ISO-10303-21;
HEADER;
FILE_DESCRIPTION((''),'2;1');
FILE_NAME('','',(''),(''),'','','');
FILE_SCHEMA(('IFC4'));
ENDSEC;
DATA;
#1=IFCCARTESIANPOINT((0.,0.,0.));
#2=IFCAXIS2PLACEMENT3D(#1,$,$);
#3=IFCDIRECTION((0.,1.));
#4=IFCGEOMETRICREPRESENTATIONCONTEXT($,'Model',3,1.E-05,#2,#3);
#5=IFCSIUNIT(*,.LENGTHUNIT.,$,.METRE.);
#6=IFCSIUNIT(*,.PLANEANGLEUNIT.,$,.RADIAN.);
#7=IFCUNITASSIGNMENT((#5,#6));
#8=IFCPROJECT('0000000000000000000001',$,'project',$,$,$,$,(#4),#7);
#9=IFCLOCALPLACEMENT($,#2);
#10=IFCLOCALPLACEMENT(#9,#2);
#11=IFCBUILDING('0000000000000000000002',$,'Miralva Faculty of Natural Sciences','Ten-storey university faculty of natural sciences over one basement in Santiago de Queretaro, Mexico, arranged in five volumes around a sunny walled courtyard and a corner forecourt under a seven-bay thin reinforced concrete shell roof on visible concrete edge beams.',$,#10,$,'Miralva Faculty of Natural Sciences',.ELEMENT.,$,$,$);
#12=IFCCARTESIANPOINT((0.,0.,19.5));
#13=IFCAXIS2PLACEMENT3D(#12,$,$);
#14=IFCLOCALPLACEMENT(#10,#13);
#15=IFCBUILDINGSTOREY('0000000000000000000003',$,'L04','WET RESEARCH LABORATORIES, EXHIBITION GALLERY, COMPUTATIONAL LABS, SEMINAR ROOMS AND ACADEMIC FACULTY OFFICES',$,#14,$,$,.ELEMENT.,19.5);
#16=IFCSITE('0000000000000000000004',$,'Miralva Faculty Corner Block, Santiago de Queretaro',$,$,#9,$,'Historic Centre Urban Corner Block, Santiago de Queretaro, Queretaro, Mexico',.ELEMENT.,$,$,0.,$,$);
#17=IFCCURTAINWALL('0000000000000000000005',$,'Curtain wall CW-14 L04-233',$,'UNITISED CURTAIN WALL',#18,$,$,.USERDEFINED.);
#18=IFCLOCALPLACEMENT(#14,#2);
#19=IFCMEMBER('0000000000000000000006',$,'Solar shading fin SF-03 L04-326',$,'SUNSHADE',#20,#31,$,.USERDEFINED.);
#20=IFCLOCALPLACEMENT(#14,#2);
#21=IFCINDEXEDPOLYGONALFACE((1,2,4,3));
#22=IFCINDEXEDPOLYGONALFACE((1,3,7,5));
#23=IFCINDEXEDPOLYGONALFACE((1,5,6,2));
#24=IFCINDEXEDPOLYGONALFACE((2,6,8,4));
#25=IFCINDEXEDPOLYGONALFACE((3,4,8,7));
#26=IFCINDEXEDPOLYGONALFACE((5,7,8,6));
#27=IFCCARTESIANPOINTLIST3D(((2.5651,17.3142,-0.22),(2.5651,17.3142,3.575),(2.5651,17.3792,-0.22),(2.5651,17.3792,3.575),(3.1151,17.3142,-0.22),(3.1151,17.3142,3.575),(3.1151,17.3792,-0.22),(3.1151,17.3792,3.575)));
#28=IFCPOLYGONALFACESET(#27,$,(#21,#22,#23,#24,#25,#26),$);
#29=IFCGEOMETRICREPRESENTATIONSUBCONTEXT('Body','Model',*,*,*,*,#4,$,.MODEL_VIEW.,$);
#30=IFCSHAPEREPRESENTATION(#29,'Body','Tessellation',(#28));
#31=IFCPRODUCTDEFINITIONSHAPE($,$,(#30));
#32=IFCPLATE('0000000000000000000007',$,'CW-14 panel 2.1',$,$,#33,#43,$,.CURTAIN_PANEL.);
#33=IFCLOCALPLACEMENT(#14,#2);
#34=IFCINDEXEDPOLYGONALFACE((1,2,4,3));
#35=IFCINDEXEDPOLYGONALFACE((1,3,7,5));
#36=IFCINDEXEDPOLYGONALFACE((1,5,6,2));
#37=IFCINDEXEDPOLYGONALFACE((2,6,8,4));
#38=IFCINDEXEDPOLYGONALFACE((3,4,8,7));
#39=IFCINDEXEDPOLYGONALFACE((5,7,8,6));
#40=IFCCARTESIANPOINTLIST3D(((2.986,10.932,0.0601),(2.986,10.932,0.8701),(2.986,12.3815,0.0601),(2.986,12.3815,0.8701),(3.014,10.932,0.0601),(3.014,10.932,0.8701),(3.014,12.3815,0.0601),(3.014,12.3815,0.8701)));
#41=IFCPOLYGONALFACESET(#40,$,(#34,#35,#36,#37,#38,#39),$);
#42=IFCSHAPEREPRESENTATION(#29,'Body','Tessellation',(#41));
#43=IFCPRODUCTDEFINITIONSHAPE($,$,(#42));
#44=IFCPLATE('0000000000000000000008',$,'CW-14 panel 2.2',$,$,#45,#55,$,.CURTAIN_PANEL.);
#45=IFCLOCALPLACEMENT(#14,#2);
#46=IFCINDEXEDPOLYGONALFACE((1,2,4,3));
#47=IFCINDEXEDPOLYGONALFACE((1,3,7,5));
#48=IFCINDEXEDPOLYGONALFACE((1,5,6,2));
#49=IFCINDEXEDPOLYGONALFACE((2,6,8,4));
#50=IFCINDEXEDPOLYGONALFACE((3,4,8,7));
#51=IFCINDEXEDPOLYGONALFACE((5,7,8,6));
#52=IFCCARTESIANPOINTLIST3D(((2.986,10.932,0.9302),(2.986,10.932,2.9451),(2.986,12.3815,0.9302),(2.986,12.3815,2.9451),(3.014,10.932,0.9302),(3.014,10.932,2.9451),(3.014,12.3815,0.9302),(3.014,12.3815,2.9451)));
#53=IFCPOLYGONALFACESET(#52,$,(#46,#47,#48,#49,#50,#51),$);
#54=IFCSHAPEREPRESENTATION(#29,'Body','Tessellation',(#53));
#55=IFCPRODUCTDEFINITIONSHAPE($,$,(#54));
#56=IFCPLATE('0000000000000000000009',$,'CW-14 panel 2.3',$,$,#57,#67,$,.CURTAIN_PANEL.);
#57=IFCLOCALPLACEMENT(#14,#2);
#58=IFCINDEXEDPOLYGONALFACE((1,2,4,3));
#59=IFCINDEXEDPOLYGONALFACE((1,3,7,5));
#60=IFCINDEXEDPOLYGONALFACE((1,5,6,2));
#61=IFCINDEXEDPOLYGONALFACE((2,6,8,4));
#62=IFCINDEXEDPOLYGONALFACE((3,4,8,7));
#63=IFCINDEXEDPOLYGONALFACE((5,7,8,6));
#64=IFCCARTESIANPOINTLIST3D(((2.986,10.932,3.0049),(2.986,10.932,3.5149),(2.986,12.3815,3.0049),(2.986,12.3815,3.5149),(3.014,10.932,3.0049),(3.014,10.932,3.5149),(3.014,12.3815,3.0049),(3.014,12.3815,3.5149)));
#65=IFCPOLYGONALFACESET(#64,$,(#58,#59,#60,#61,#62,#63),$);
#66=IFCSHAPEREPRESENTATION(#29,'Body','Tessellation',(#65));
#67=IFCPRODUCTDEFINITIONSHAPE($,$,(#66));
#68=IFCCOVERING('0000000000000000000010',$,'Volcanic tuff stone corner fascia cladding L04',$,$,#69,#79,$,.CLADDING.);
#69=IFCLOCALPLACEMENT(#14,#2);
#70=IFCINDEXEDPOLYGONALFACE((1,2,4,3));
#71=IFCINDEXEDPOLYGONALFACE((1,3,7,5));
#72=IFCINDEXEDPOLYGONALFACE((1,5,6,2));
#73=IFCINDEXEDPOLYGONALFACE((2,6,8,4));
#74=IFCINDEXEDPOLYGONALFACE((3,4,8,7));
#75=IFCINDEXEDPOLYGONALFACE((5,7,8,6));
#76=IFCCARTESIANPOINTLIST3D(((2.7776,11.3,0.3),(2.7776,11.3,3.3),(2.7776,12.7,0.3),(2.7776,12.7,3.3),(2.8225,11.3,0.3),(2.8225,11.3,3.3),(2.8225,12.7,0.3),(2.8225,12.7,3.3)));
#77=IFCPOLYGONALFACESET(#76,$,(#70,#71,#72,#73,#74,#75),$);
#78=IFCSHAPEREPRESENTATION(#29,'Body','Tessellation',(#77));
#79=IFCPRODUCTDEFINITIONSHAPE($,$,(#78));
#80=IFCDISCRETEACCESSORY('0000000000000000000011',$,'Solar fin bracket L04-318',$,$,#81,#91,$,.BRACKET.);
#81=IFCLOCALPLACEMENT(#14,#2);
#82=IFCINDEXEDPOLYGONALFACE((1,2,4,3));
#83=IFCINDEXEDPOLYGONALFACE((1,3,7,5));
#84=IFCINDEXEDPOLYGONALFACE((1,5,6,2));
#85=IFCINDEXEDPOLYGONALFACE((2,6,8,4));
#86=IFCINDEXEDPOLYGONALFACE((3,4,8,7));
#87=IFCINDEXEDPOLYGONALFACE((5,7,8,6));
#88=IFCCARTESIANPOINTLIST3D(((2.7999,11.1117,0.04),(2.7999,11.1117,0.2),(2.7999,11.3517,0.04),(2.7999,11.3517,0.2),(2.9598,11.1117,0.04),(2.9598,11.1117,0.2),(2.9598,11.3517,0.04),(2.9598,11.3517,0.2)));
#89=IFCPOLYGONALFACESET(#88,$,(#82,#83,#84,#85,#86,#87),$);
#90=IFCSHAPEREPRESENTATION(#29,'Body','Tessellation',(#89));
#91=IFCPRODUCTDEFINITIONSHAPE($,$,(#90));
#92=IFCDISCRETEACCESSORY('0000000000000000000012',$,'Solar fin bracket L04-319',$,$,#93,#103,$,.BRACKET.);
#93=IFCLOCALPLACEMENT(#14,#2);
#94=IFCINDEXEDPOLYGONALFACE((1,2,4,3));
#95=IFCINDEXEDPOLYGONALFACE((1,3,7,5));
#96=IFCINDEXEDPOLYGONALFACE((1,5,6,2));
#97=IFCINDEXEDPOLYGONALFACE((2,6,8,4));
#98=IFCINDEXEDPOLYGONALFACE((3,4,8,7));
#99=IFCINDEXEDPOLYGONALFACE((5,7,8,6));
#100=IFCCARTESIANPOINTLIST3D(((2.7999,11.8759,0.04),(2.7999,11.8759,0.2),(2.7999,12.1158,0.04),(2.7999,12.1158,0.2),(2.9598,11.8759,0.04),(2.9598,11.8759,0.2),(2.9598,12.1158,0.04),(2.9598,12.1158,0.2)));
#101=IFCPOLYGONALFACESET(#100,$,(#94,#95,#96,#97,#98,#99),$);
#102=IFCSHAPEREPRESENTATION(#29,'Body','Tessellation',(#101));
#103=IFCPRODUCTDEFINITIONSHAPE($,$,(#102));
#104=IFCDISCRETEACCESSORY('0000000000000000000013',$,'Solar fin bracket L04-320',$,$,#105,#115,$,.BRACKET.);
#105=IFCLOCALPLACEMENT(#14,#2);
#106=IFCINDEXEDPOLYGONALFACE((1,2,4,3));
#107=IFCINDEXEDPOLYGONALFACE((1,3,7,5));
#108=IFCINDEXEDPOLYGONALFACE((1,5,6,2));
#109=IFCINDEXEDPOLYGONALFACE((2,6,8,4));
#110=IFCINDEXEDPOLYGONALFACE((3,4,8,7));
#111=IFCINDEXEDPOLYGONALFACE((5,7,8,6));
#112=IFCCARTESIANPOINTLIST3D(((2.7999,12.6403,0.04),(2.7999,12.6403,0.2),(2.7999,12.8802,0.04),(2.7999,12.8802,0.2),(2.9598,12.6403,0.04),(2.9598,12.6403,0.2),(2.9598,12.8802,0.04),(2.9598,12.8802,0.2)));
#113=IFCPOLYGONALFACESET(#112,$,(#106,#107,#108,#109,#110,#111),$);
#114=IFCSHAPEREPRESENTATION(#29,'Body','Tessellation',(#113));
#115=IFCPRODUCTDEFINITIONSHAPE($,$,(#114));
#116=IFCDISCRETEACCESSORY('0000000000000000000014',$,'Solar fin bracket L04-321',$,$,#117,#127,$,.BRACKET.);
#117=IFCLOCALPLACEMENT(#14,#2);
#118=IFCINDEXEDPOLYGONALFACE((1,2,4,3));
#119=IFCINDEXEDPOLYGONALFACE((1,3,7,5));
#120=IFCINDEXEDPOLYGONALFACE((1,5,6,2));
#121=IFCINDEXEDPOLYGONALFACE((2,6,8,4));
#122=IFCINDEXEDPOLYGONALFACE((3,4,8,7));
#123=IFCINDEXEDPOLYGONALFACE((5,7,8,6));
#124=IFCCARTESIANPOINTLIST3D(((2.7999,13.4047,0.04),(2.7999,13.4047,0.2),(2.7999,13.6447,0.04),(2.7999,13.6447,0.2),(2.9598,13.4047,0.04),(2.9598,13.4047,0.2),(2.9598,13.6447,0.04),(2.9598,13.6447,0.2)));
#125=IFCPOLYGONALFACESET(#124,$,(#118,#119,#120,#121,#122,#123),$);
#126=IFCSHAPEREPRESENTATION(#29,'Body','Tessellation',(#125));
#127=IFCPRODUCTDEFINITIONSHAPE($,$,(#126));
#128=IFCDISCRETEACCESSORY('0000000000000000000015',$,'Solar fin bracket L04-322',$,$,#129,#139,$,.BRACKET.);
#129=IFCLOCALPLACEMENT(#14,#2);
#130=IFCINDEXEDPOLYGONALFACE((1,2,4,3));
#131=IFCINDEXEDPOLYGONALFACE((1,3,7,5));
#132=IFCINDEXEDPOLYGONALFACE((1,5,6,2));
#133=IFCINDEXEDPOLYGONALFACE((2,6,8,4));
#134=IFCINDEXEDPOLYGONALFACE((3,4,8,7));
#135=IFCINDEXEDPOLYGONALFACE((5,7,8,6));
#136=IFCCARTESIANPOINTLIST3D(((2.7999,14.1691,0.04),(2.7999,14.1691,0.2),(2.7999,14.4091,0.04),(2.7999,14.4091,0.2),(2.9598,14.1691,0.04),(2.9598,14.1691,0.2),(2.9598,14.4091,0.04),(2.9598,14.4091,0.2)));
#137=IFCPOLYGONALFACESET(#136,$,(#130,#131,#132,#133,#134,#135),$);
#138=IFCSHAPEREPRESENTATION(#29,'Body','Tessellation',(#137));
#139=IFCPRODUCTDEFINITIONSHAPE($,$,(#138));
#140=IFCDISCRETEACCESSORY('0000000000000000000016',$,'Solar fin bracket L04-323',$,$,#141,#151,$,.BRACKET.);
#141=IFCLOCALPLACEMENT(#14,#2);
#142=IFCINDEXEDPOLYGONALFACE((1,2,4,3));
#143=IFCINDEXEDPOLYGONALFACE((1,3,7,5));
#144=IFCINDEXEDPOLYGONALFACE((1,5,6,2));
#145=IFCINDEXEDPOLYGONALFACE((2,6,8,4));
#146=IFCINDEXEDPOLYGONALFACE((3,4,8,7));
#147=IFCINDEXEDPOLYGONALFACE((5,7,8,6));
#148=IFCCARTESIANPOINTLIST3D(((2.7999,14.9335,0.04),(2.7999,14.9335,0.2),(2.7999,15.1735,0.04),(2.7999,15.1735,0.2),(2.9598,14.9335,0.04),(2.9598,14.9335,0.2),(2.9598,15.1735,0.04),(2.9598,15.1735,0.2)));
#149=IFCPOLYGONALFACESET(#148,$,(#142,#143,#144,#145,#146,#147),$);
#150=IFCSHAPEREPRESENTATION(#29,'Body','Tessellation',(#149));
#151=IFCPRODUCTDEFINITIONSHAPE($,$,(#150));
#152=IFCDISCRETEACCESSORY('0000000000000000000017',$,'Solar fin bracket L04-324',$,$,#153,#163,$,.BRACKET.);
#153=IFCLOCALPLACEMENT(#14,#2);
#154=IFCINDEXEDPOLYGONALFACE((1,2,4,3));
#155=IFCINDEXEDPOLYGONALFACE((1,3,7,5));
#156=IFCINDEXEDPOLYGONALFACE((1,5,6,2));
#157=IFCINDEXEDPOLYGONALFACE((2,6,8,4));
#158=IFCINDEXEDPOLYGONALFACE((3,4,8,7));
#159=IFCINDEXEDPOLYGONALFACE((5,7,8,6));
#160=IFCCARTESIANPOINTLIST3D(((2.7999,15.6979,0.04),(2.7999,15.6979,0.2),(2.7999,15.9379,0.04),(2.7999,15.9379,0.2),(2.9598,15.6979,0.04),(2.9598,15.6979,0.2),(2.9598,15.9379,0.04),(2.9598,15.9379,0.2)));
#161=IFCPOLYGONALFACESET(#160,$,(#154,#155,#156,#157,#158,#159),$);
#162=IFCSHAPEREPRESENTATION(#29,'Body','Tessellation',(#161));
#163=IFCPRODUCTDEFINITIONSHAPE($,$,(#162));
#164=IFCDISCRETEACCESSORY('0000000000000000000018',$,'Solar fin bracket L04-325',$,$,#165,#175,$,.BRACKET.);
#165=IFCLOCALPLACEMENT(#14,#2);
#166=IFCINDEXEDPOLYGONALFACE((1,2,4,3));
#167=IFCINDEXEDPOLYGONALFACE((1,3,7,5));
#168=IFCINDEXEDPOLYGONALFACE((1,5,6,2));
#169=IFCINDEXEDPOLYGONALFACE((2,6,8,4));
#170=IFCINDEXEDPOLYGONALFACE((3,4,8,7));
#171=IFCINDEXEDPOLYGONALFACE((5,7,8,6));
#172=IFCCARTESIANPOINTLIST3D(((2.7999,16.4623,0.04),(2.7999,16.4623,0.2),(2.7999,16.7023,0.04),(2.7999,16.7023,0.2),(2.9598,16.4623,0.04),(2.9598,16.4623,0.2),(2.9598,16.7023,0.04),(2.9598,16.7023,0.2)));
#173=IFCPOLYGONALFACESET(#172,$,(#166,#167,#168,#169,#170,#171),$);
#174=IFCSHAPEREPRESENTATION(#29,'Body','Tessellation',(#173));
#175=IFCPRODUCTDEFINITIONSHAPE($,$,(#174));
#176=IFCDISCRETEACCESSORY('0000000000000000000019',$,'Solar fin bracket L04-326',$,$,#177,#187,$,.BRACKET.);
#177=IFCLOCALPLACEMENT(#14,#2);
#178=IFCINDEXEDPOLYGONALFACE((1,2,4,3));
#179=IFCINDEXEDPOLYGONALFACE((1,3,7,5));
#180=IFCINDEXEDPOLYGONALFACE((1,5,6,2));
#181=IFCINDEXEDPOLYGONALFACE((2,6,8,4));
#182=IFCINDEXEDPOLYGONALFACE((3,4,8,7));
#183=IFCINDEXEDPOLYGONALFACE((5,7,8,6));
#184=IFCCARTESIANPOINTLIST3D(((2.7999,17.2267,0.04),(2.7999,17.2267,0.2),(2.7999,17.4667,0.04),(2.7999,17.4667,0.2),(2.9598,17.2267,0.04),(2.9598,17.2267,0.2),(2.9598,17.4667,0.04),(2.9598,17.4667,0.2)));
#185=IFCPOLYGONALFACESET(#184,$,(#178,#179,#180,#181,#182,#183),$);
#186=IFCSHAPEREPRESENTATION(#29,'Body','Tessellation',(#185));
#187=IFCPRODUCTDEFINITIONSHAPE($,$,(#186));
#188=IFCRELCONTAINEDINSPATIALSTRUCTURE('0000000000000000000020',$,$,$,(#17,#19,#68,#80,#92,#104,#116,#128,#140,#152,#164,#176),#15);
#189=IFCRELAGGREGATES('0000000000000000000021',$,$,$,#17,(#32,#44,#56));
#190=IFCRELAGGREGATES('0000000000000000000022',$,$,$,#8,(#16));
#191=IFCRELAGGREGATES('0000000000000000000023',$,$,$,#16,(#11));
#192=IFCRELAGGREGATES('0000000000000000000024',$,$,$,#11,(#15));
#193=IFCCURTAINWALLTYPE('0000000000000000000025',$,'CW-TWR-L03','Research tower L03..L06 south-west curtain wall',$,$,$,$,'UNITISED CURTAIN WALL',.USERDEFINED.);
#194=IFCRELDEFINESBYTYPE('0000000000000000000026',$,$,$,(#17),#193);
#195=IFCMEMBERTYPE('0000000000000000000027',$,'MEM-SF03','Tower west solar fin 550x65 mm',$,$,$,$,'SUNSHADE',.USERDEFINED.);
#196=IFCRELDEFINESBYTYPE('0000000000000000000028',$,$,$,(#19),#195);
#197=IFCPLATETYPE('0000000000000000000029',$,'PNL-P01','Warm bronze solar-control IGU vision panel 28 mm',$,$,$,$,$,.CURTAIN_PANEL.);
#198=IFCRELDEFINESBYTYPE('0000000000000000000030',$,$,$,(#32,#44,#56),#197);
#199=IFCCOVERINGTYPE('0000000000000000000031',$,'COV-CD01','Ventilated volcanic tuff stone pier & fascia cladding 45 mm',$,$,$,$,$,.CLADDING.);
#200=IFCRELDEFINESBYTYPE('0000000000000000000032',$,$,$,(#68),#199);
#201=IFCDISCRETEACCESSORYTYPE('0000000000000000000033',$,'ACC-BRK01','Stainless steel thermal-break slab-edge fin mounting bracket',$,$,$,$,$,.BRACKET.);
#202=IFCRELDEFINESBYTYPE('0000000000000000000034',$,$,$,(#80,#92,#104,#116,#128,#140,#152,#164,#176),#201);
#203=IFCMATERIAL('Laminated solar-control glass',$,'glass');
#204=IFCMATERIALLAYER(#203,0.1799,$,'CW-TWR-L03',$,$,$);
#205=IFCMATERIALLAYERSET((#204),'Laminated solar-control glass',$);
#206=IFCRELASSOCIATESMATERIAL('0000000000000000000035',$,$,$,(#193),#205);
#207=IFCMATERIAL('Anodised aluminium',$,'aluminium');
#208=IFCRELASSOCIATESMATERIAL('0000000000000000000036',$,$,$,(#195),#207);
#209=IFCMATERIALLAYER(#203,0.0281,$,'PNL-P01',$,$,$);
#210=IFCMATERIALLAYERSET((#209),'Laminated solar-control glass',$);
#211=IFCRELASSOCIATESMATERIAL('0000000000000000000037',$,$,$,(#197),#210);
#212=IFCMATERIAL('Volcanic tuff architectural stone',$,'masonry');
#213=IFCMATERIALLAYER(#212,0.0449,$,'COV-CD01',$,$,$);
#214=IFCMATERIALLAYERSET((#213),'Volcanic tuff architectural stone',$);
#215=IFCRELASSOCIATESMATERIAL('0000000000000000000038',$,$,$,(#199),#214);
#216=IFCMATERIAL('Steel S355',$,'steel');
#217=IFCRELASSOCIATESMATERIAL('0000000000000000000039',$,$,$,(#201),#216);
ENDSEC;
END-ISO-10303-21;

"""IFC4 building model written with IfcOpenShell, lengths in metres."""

from ifc_helpers import new_model, si_unit, direction, frame, origin, origin_2d, place, context, subcontext, project, spatial, rectangle, extrude, material, layer, layer_set, material_profile, profile_set, type_object, element, aggregate, save


model = new_model("IFC4")

# Units and contexts
model_context = context("Model", 3, precision=1e-05, world=origin(), true_north=direction((0.0, 1.0)))
body_context = subcontext(model_context, "Body", "Model", "MODEL_VIEW")
ifc_project = project(units=[si_unit("LENGTHUNIT", "METRE"), si_unit("PLANEANGLEUNIT", "RADIAN")], contexts=[model_context])

# Site, building, storey
site_placement = place(None, origin())
site = spatial("IfcSite", under=ifc_project, at=site_placement, Name="Miralva Faculty Corner Block, Santiago de Queretaro", LongName="Historic Centre Urban Corner Block, Santiago de Queretaro, Queretaro, Mexico", CompositionType="ELEMENT", RefElevation=0.0)
building_placement = place(site_placement, origin())
building = spatial("IfcBuilding", under=site, at=building_placement, Name="Miralva Faculty of Natural Sciences", Description="Ten-storey university faculty of natural sciences over one basement in Santiago de Queretaro, Mexico, arranged in five volumes around a sunny walled courtyard and a corner forecourt under a seven-bay thin reinforced concrete shell roof on visible concrete edge beams.", LongName="Miralva Faculty of Natural Sciences", CompositionType="ELEMENT")
storey_placement = place(building_placement, frame((0.0, 0.0, 19.5)))
storey = spatial("IfcBuildingStorey", under=building, at=storey_placement, Name="L04", Description="WET RESEARCH LABORATORIES, EXHIBITION GALLERY, COMPUTATIONAL LABS, SEMINAR ROOMS AND ACADEMIC FACULTY OFFICES", CompositionType="ELEMENT", Elevation=19.5)

# Curtain wall
ifc_material_1 = material(Name="Laminated solar-control glass", Category="glass")
ifc_layer_1 = layer(ifc_material_1, 0.1799, Name="CW-TWR-L03")
ifc_layer_set_1 = layer_set([ifc_layer_1], Name="Laminated solar-control glass")
curtain_wall_type = type_object("IfcCurtainWallType", Name="CW-TWR-L03", Description="Research tower L03..L06 south-west curtain wall", ElementType="UNITISED CURTAIN WALL", PredefinedType="USERDEFINED", material=ifc_layer_set_1)
curtain_wall_placement = place(storey_placement, origin())
curtain_wall = element("IfcCurtainWall", 1, at=curtain_wall_placement, inside=storey, type_object=curtain_wall_type, Name="Curtain wall CW-14 L04-233", ObjectType="UNITISED CURTAIN WALL", PredefinedType="USERDEFINED")
ifc_material_2 = material(Name="Anodised aluminium", Category="aluminium")

# Member
ifc_material_profile_1 = material_profile(ifc_material_2, rectangle(XDim=0.0649, YDim=0.55, at=origin_2d()), Name="FIN 550x65")
ifc_profile_set_1 = profile_set([ifc_material_profile_1], Name="Anodised aluminium")
member_type_1 = type_object("IfcMemberType", Name="MEM-SF03", Description="Tower west solar fin 550x65 mm", ElementType="SUNSHADE", PredefinedType="USERDEFINED", material=ifc_profile_set_1)
for number, where, z_axis, x_axis, name in (
    (2, (2.8401, 17.3467, -0.22), (0.0, 0.0, 1.0), (0.0, -1.0, 0.0), "Solar shading fin SF-03 L04-326"),
):
    element("IfcMember", number, at=place(storey_placement, frame(where, z_axis=z_axis, x_axis=x_axis)), inside=storey, type_object=member_type_1, Name=name, ObjectType="SUNSHADE", PredefinedType="USERDEFINED", context=body_context, shape_type="SweptSolid", body=[
        extrude(rectangle(XDim=0.0649, YDim=0.55, at=origin_2d()), origin(), (0.0, 0.0, 1.0), 3.7949),
    ])

# Plates
ifc_layer_2 = layer(ifc_material_1, 0.0281, Name="PNL-P01")
ifc_layer_set_2 = layer_set([ifc_layer_2], Name="Laminated solar-control glass")
plate_type = type_object("IfcPlateType", Name="PNL-P01", Description="Warm bronze solar-control IGU vision panel 28 mm", PredefinedType="CURTAIN_PANEL", material=ifc_layer_set_2)
plate_1_placement = place(storey_placement, frame((3.0, 11.6567, 0.0601), z_axis=(0.0, 0.0, 1.0), x_axis=(0.0, 1.0, 0.0)))
plate_1 = element("IfcPlate", 3, at=plate_1_placement, type_object=plate_type, Name="CW-14 panel 2.1", PredefinedType="CURTAIN_PANEL", context=body_context, shape_type="SweptSolid", body=[
    extrude(rectangle(XDim=1.4495, YDim=0.0281, at=origin_2d()), origin(), (0.0, 0.0, 1.0), 0.8101),
])
plate_2_placement = place(storey_placement, frame((3.0, 11.6567, 0.9302), z_axis=(0.0, 0.0, 1.0), x_axis=(0.0, 1.0, 0.0)))
plate_2 = element("IfcPlate", 4, at=plate_2_placement, type_object=plate_type, Name="CW-14 panel 2.2", PredefinedType="CURTAIN_PANEL", context=body_context, shape_type="SweptSolid", body=[
    extrude(rectangle(XDim=1.4495, YDim=0.0281, at=origin_2d()), origin(), (0.0, 0.0, 1.0), 2.0149),
])
plate_3_placement = place(storey_placement, frame((3.0, 11.6567, 3.0049), z_axis=(0.0, 0.0, 1.0), x_axis=(0.0, 1.0, 0.0)))
plate_3 = element("IfcPlate", 5, at=plate_3_placement, type_object=plate_type, Name="CW-14 panel 2.3", PredefinedType="CURTAIN_PANEL", context=body_context, shape_type="SweptSolid", body=[
    extrude(rectangle(XDim=1.4495, YDim=0.0281, at=origin_2d()), origin(), (0.0, 0.0, 1.0), 0.51),
])
aggregate(curtain_wall, [plate_1, plate_2, plate_3])

# Covering
ifc_material_3 = material(Name="Volcanic tuff architectural stone", Category="masonry")
ifc_layer_3 = layer(ifc_material_3, 0.0449, Name="COV-CD01")
ifc_layer_set_3 = layer_set([ifc_layer_3], Name="Volcanic tuff architectural stone")
covering_type = type_object("IfcCoveringType", Name="COV-CD01", Description="Ventilated volcanic tuff stone pier & fascia cladding 45 mm", PredefinedType="CLADDING", material=ifc_layer_set_3)
covering_placement = place(storey_placement, frame((2.8, 12.0, 0.3), z_axis=(0.0, 0.0, 1.0), x_axis=(1.0, 0.0, 0.0)))
element("IfcCovering", 6, at=covering_placement, inside=storey, type_object=covering_type, Name="Volcanic tuff stone corner fascia cladding L04", PredefinedType="CLADDING", context=body_context, shape_type="SweptSolid", body=[
    extrude(rectangle(XDim=0.0449, YDim=1.3999, at=origin_2d()), origin(), (0.0, 0.0, 1.0), 3.0),
])

# Discrete accessories
ifc_material_4 = material(Name="Steel S355", Category="steel")
discrete_accessory_type = type_object("IfcDiscreteAccessoryType", Name="ACC-BRK01", Description="Stainless steel thermal-break slab-edge fin mounting bracket", PredefinedType="BRACKET", material=ifc_material_4)
for number, where, z_axis, x_axis, name in (
    (7, (2.8799, 11.2317, 0.04), (0.0, 0.0, 1.0), (-1.0, 0.0, 0.0), "Solar fin bracket L04-318"),
    (8, (2.8799, 11.9958, 0.04), (0.0, 0.0, 1.0), (-1.0, 0.0, 0.0), "Solar fin bracket L04-319"),
    (9, (2.8799, 12.7603, 0.04), (0.0, 0.0, 1.0), (-1.0, 0.0, 0.0), "Solar fin bracket L04-320"),
    (10, (2.8799, 13.5247, 0.04), (0.0, 0.0, 1.0), (-1.0, 0.0, 0.0), "Solar fin bracket L04-321"),
    (11, (2.8799, 14.2891, 0.04), (0.0, 0.0, 1.0), (-1.0, 0.0, 0.0), "Solar fin bracket L04-322"),
    (12, (2.8799, 15.0535, 0.04), (0.0, 0.0, 1.0), (-1.0, 0.0, 0.0), "Solar fin bracket L04-323"),
    (13, (2.8799, 15.8179, 0.04), (0.0, 0.0, 1.0), (-1.0, 0.0, 0.0), "Solar fin bracket L04-324"),
    (14, (2.8799, 16.5823, 0.04), (0.0, 0.0, 1.0), (-1.0, 0.0, 0.0), "Solar fin bracket L04-325"),
    (15, (2.8799, 17.3467, 0.04), (0.0, 0.0, 1.0), (-1.0, 0.0, 0.0), "Solar fin bracket L04-326"),
):
    element("IfcDiscreteAccessory", number, at=place(storey_placement, frame(where, z_axis=z_axis, x_axis=x_axis)), inside=storey, type_object=discrete_accessory_type, Name=name, PredefinedType="BRACKET", context=body_context, shape_type="SweptSolid", body=[
        extrude(rectangle(XDim=0.1599, YDim=0.24, at=origin_2d()), origin(), (0.0, 0.0, 1.0), 0.1599),
    ])

save(model, "model.ifc")
